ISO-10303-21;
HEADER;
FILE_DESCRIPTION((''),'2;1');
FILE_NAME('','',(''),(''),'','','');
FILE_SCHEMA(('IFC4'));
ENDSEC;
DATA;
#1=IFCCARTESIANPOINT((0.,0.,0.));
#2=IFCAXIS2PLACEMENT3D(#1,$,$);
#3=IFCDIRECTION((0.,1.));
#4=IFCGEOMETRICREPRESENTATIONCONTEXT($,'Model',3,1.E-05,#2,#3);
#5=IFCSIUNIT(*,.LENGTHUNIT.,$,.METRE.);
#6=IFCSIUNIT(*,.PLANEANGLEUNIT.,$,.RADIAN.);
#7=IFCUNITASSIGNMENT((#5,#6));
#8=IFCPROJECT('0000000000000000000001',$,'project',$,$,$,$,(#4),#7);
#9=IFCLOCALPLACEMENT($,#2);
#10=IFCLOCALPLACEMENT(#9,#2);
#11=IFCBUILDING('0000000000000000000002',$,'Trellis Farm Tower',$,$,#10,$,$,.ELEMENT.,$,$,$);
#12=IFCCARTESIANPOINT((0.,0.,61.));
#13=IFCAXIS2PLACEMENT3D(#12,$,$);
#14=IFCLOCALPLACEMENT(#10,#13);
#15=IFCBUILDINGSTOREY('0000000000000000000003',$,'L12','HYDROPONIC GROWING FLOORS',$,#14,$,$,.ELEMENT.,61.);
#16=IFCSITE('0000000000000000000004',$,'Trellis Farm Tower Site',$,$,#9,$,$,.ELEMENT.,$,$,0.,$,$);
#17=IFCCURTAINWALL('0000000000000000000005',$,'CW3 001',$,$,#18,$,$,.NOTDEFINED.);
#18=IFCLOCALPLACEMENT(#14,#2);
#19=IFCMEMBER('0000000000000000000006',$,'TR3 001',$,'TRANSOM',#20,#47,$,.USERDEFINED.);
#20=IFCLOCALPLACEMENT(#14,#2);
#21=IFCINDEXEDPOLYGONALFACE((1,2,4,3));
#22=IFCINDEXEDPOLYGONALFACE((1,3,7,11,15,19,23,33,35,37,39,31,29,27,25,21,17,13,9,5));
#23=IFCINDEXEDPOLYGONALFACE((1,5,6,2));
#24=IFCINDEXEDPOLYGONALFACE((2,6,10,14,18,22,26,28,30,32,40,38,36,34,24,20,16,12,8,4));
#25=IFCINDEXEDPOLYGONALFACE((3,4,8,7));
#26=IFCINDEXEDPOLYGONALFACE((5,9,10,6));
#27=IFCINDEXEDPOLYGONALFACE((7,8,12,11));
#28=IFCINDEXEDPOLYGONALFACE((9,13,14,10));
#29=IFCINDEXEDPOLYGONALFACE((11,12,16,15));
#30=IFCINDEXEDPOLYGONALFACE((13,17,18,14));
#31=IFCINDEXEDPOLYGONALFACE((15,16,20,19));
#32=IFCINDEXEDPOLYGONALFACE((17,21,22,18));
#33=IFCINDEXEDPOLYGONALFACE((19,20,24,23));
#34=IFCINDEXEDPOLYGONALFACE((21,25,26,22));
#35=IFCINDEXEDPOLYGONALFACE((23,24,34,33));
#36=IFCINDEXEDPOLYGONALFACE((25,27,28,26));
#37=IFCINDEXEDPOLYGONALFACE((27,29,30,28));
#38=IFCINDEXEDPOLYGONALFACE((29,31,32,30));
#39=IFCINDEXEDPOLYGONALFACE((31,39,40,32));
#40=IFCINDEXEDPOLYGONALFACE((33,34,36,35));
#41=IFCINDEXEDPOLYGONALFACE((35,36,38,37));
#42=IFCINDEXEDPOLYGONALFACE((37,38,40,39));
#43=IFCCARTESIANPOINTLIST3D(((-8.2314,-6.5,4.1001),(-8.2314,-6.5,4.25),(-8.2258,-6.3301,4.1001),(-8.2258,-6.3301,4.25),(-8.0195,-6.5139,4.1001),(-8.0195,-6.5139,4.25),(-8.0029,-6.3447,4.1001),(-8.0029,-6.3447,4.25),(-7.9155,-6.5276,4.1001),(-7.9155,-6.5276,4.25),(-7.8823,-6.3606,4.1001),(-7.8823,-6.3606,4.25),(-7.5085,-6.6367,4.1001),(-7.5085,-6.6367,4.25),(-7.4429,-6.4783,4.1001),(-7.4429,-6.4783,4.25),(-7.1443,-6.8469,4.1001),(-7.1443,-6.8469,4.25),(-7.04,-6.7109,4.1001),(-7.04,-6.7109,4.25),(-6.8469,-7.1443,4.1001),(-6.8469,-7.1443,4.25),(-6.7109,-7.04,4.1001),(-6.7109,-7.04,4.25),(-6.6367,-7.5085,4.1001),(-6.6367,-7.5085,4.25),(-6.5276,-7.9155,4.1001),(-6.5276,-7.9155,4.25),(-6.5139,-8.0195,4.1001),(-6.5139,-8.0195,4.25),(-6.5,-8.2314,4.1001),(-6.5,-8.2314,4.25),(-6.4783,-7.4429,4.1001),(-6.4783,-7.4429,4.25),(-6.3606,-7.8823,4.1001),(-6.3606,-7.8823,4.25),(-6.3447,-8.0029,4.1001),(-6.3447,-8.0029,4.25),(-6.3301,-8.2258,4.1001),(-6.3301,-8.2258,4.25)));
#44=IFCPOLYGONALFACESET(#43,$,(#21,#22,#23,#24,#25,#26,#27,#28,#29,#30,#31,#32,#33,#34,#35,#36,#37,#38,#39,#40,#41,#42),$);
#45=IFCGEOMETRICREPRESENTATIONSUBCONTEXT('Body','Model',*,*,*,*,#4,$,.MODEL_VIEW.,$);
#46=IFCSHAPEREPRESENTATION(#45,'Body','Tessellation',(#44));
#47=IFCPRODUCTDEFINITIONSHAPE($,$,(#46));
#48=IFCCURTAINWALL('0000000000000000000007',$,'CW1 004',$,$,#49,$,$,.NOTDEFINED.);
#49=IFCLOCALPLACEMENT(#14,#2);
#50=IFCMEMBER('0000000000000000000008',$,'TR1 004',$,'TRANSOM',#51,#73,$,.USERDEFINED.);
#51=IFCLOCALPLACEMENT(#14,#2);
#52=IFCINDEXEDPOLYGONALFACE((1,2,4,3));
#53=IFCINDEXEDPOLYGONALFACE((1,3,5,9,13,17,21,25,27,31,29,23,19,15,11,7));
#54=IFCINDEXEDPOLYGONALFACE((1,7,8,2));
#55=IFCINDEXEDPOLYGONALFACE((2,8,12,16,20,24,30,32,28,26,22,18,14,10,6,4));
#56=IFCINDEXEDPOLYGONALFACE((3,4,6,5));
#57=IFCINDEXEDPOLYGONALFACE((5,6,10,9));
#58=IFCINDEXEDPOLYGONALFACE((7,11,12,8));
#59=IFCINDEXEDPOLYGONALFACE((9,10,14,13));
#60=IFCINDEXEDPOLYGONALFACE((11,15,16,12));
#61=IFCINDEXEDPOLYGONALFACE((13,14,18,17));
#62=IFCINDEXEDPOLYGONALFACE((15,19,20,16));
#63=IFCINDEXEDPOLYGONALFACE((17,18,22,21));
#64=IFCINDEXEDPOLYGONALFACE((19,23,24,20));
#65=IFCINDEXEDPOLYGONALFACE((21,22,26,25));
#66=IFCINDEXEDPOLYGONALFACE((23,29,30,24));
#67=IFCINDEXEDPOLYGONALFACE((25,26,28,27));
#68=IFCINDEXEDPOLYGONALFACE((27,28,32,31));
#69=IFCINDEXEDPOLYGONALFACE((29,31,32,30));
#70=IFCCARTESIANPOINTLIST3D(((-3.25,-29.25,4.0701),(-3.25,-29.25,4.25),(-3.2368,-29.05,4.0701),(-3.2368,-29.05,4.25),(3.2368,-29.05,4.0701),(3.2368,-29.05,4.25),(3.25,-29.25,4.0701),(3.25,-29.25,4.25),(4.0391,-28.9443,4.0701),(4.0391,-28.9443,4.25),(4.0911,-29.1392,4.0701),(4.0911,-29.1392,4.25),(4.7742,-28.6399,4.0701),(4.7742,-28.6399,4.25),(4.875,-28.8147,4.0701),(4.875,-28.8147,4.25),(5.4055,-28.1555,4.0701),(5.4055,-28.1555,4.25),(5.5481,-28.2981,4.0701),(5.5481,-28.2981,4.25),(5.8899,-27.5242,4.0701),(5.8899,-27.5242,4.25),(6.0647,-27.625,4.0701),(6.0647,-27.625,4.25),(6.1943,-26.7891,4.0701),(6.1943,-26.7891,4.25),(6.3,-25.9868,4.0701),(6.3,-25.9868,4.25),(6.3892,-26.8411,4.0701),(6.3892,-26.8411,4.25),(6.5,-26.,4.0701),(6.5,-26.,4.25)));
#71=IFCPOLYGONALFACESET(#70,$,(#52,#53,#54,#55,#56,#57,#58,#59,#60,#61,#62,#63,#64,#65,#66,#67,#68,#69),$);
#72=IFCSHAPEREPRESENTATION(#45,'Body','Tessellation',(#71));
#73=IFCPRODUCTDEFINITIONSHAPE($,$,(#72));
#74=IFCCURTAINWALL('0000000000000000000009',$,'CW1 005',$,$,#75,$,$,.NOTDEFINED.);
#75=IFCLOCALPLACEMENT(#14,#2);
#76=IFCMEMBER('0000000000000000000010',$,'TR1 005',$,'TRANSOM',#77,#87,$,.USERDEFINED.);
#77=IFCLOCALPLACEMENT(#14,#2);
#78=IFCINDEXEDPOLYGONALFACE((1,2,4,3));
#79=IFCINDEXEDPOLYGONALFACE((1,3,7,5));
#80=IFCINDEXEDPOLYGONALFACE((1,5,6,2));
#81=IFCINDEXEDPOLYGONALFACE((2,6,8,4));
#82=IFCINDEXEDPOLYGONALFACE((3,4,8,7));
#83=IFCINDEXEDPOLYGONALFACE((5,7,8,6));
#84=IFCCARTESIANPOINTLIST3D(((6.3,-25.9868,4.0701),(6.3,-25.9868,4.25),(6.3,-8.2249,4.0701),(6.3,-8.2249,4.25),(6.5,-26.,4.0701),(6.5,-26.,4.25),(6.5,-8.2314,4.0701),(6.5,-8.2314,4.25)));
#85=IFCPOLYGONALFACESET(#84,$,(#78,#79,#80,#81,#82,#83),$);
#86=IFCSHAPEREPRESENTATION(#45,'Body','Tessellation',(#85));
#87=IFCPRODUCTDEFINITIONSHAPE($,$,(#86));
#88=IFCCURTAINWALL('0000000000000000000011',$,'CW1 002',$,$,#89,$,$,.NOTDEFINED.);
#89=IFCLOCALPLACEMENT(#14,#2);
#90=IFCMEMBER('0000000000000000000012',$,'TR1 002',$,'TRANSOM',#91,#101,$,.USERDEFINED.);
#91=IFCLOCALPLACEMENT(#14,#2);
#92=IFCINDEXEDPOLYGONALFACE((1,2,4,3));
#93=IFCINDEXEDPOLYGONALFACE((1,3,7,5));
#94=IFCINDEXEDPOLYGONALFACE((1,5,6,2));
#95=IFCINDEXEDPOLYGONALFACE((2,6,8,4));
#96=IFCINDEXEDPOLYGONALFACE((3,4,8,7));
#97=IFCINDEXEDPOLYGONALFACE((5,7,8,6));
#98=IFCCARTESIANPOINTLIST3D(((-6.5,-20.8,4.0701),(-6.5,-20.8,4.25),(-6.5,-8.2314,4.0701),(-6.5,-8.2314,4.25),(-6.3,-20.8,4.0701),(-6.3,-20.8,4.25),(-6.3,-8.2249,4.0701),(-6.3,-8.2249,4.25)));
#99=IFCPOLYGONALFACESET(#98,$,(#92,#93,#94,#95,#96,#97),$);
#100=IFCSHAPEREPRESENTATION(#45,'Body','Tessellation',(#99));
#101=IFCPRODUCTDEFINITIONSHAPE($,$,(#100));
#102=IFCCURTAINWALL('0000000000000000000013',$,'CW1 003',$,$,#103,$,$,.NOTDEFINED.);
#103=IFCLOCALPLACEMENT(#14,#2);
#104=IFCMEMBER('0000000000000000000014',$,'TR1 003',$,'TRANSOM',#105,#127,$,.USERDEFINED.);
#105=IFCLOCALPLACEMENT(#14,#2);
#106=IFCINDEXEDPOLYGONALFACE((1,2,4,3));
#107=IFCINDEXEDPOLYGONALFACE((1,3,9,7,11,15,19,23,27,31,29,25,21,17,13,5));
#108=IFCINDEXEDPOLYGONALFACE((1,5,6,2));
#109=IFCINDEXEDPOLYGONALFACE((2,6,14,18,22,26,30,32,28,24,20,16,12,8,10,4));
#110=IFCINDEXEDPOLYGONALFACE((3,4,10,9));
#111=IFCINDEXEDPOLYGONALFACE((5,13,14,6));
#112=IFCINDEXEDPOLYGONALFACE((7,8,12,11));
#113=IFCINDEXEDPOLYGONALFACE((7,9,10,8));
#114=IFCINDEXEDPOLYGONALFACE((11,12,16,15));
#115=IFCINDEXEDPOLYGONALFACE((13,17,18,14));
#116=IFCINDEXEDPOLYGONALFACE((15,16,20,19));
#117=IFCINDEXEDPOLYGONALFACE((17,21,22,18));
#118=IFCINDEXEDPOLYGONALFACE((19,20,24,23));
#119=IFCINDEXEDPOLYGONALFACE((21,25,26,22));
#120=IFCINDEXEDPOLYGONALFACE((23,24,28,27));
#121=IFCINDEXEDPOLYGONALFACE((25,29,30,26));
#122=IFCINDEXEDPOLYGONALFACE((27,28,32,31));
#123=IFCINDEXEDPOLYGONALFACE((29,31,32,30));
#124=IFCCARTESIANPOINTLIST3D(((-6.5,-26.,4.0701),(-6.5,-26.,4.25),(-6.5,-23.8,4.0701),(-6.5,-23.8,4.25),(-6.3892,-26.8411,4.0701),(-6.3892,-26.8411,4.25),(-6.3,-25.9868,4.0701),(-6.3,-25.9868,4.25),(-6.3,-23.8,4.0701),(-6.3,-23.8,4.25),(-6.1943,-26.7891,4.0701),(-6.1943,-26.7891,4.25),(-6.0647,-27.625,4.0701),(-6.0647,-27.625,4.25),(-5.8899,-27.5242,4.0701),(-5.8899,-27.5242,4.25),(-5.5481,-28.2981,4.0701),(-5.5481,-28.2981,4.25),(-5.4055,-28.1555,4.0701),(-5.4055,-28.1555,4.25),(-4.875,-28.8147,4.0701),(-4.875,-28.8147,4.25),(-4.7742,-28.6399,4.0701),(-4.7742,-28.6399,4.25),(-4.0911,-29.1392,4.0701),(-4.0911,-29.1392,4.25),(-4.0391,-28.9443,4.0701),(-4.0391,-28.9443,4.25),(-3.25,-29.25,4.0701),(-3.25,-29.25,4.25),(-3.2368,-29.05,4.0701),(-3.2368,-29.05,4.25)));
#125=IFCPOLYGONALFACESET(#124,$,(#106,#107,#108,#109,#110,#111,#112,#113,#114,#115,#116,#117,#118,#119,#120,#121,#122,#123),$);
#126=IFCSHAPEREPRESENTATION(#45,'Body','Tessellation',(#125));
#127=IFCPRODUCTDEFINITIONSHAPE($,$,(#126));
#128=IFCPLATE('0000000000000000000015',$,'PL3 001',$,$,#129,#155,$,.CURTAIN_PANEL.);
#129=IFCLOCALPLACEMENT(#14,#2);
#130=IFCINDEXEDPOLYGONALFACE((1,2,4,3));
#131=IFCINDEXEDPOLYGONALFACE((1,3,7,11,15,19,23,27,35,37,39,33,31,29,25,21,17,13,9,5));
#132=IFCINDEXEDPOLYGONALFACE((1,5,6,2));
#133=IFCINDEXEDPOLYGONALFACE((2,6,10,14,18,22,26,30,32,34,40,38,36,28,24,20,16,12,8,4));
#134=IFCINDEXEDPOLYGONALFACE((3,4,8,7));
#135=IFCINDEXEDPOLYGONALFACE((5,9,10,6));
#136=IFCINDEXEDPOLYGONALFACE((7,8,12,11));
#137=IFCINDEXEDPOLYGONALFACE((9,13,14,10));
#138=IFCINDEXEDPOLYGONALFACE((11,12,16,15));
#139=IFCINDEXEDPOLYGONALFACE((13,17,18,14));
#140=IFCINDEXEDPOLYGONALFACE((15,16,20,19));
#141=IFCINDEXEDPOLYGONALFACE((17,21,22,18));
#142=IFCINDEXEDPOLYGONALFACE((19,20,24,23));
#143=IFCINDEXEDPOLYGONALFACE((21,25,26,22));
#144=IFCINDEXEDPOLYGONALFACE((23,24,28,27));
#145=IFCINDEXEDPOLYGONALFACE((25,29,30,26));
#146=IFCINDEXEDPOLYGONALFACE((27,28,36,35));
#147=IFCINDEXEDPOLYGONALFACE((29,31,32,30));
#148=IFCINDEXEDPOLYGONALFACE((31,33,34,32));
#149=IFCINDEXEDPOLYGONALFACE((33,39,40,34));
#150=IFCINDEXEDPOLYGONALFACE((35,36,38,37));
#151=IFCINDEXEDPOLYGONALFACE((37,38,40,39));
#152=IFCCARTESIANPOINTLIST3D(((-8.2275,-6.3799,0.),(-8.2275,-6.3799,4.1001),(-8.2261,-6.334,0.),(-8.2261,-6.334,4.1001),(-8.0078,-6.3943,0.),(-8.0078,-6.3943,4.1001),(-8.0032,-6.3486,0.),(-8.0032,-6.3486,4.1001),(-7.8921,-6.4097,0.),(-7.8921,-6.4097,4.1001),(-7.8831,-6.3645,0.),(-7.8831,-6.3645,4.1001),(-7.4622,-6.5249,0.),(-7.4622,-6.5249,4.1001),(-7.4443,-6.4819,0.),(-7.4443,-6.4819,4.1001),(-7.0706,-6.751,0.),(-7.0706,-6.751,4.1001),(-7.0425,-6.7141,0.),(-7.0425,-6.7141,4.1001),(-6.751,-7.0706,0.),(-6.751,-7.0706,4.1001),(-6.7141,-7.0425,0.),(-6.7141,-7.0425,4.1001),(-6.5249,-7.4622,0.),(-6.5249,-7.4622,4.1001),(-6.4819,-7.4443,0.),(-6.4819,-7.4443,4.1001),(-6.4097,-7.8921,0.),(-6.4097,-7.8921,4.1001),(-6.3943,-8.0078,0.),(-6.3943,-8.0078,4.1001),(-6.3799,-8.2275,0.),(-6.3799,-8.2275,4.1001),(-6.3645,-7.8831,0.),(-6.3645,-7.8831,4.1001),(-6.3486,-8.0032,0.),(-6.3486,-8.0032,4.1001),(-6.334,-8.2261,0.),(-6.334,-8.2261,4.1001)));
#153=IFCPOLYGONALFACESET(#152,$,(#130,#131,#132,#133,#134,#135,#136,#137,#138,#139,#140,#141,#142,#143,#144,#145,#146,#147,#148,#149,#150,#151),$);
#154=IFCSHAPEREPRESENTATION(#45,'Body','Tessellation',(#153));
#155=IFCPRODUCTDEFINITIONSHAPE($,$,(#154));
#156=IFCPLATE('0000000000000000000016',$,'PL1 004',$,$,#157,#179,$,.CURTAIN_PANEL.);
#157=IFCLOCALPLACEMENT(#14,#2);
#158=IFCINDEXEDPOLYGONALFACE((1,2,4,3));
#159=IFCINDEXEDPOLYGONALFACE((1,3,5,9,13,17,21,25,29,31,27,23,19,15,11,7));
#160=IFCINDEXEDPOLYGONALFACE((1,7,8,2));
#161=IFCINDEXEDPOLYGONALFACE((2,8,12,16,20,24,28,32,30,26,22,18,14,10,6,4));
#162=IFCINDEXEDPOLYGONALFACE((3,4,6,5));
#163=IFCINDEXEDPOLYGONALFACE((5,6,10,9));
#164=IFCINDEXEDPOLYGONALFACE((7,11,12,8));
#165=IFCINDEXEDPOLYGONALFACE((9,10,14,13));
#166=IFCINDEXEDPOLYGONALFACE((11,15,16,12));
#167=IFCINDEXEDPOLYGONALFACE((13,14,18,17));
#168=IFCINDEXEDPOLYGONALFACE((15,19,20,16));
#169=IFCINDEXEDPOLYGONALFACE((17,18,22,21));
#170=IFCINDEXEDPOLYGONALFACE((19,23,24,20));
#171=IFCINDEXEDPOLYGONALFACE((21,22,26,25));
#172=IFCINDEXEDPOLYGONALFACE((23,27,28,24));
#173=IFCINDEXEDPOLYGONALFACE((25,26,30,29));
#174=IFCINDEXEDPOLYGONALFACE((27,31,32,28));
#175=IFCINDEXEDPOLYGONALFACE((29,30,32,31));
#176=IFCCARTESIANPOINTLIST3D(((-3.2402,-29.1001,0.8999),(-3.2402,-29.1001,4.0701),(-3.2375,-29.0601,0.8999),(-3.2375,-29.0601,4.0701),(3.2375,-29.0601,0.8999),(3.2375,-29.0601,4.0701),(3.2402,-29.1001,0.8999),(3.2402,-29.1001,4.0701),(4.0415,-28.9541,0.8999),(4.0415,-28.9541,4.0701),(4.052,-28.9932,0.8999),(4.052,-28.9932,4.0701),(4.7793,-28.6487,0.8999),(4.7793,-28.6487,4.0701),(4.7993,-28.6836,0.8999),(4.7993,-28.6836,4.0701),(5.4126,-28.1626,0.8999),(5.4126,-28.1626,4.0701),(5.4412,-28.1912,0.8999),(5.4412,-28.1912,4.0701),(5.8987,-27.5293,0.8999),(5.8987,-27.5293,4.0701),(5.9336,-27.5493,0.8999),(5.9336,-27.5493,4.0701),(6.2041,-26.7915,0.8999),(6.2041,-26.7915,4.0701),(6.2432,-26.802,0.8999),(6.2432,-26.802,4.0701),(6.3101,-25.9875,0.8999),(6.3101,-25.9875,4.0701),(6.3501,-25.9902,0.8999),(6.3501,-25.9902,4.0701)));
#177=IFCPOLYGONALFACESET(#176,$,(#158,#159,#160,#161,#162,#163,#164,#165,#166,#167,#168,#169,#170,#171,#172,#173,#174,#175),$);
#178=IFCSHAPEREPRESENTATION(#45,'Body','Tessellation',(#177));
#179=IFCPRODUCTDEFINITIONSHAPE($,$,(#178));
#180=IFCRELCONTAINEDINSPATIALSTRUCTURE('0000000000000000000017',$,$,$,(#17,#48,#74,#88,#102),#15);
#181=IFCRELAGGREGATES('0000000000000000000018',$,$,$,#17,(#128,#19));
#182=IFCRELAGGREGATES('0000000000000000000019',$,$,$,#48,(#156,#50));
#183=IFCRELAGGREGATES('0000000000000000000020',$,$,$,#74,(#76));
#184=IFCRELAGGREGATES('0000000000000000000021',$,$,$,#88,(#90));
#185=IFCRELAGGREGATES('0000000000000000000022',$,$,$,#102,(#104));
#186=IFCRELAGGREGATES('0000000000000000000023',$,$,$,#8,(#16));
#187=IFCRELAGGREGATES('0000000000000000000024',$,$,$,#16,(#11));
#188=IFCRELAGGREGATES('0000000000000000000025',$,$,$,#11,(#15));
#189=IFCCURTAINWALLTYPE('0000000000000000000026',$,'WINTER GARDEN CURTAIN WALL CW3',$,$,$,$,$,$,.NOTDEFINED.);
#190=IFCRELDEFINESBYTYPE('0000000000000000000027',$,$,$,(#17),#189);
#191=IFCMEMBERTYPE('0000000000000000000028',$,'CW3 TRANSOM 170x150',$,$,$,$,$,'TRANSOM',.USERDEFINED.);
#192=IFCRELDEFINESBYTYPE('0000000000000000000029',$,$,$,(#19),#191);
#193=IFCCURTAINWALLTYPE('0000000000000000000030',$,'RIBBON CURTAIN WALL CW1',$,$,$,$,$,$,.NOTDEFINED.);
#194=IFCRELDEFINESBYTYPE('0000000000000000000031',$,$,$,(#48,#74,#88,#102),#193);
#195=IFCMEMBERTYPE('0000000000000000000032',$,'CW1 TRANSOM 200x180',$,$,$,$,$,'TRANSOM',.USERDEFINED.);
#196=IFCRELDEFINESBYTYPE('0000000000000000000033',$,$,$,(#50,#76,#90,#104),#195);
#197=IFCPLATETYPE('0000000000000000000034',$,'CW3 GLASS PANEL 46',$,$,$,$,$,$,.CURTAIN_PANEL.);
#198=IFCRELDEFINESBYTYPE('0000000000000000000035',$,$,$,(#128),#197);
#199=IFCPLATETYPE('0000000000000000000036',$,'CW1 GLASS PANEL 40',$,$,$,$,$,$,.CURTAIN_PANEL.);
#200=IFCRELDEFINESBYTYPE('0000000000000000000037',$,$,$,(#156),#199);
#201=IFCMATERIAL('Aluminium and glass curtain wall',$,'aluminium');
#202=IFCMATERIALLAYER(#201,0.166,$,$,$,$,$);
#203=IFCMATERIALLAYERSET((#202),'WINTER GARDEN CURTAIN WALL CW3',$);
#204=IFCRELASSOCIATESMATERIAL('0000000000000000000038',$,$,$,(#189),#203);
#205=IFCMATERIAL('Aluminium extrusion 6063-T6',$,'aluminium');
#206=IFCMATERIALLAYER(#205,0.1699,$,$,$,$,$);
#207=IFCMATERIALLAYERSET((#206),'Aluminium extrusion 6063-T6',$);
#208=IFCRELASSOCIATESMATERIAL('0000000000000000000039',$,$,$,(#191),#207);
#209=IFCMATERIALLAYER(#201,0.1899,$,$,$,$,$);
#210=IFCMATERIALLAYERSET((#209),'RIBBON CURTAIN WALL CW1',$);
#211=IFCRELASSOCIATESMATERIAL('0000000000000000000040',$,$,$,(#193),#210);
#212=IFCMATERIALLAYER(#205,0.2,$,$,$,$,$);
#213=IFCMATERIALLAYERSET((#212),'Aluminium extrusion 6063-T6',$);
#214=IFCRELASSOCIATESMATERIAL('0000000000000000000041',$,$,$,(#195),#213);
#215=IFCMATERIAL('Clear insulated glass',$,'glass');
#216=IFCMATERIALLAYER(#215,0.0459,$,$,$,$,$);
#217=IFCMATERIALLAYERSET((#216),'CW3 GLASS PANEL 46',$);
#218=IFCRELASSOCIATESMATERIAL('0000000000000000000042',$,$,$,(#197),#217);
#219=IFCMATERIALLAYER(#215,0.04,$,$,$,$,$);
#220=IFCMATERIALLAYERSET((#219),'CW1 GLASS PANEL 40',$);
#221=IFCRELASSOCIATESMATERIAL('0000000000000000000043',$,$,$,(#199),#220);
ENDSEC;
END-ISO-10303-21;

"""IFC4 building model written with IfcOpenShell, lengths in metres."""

from ifc_helpers import new_model, si_unit, direction, frame, origin, place, context, subcontext, project, spatial, polyline, outline, extrude, source, transform, mapped, material, layer, layer_set, type_object, element, aggregate, save


model = new_model("IFC4")

# Units and contexts
model_context = context("Model", 3, precision=1e-05, world=origin(), true_north=direction((0.0, 1.0)))
body_context = subcontext(model_context, "Body", "Model", "MODEL_VIEW")
ifc_project = project(units=[si_unit("LENGTHUNIT", "METRE"), si_unit("PLANEANGLEUNIT", "RADIAN")], contexts=[model_context])

# Site, building, storey
site_placement = place(None, origin())
site = spatial("IfcSite", under=ifc_project, at=site_placement, Name="Trellis Farm Tower Site", CompositionType="ELEMENT", RefElevation=0.0)
building_placement = place(site_placement, origin())
building = spatial("IfcBuilding", under=site, at=building_placement, Name="Trellis Farm Tower", CompositionType="ELEMENT")
storey_placement = place(building_placement, frame((0.0, 0.0, 61.0)))
storey = spatial("IfcBuildingStorey", under=building, at=storey_placement, Name="L12", Description="HYDROPONIC GROWING FLOORS", CompositionType="ELEMENT", Elevation=61.0)

# Curtain walls, members
ifc_material_1 = material(Name="Aluminium and glass curtain wall", Category="aluminium")
ifc_layer_1 = layer(ifc_material_1, 0.166)
ifc_layer_set_1 = layer_set([ifc_layer_1], Name="WINTER GARDEN CURTAIN WALL CW3")
curtain_wall_type_1 = type_object("IfcCurtainWallType", Name="WINTER GARDEN CURTAIN WALL CW3", PredefinedType="NOTDEFINED", material=ifc_layer_set_1)
placement_1 = place(storey_placement, origin())
curtain_wall_1 = element("IfcCurtainWall", 1, at=placement_1, inside=storey, type_object=curtain_wall_type_1, Name="CW3 001", PredefinedType="NOTDEFINED")
ifc_material_2 = material(Name="Aluminium extrusion 6063-T6", Category="aluminium")
ifc_layer_2 = layer(ifc_material_2, 0.1699)
ifc_layer_set_2 = layer_set([ifc_layer_2], Name="Aluminium extrusion 6063-T6")
member_type_1 = type_object("IfcMemberType", Name="CW3 TRANSOM 170x150", ElementType="TRANSOM", PredefinedType="USERDEFINED", material=ifc_layer_set_2)
shared_shape_1 = source(origin(), body_context, "Body", "SweptSolid", [
    extrude(outline(polyline([(-8.2314, -6.5), (-8.0195, -6.5139), (-7.9155, -6.5276), (-7.5085, -6.6367), (-7.1443, -6.8469), (-6.8469, -7.1443), (-6.6367, -7.5085), (-6.5276, -7.9155), (-6.5139, -8.0195), (-6.5, -8.2314), (-6.3301, -8.2258), (-6.3447, -8.0029), (-6.3606, -7.8823), (-6.4783, -7.4429), (-6.7109, -7.04), (-7.04, -6.7109), (-7.4429, -6.4783), (-7.8823, -6.3606), (-8.0029, -6.3447), (-8.2258, -6.3301), (-8.2314, -6.5)])), origin(), (0.0, 0.0, 1.0), 0.1499),
])
member_1_placement = place(storey_placement, frame((0.0, 0.0, 4.1001)))
member_1 = element("IfcMember", 2, at=member_1_placement, type_object=member_type_1, Name="TR3 001", ObjectType="TRANSOM", PredefinedType="USERDEFINED", context=body_context, shape_type="MappedRepresentation", body=[
    mapped(shared_shape_1, transform((0.0, 0.0, 0.0))),
])
ifc_layer_3 = layer(ifc_material_1, 0.1899)
ifc_layer_set_3 = layer_set([ifc_layer_3], Name="RIBBON CURTAIN WALL CW1")
curtain_wall_type_2 = type_object("IfcCurtainWallType", Name="RIBBON CURTAIN WALL CW1", PredefinedType="NOTDEFINED", material=ifc_layer_set_3)
curtain_wall_2 = element("IfcCurtainWall", 3, at=placement_1, inside=storey, type_object=curtain_wall_type_2, Name="CW1 004", PredefinedType="NOTDEFINED")
ifc_layer_4 = layer(ifc_material_2, 0.2)
ifc_layer_set_4 = layer_set([ifc_layer_4], Name="Aluminium extrusion 6063-T6")
member_type_2 = type_object("IfcMemberType", Name="CW1 TRANSOM 200x180", ElementType="TRANSOM", PredefinedType="USERDEFINED", material=ifc_layer_set_4)
shared_shape_2 = source(origin(), body_context, "Body", "SweptSolid", [
    extrude(outline(polyline([(-3.25, -29.25), (3.25, -29.25), (4.0911, -29.1392), (4.875, -28.8147), (5.5481, -28.2981), (6.0647, -27.625), (6.3892, -26.8411), (6.5, -26.0), (6.3, -25.9868), (6.1943, -26.7891), (5.8899, -27.5242), (5.4055, -28.1555), (4.7742, -28.6399), (4.0391, -28.9443), (3.2368, -29.05), (-3.2368, -29.05), (-3.25, -29.25)])), origin(), (0.0, 0.0, 1.0), 0.1799),
])
placement_2 = place(storey_placement, frame((0.0, 0.0, 4.0701)))
member_2 = element("IfcMember", 4, at=placement_2, type_object=member_type_2, Name="TR1 004", ObjectType="TRANSOM", PredefinedType="USERDEFINED", context=body_context, shape_type="MappedRepresentation", body=[
    mapped(shared_shape_2, transform((0.0, 0.0, 0.0))),
])
curtain_wall_3 = element("IfcCurtainWall", 5, at=placement_1, inside=storey, type_object=curtain_wall_type_2, Name="CW1 005", PredefinedType="NOTDEFINED")
shared_shape_3 = source(origin(), body_context, "Body", "SweptSolid", [
    extrude(outline(polyline([(6.5, -26.0), (6.5, -8.2314), (6.3, -8.2249), (6.3, -25.9868), (6.5, -26.0)])), origin(), (0.0, 0.0, 1.0), 0.1799),
])
member_3 = element("IfcMember", 6, at=placement_2, type_object=member_type_2, Name="TR1 005", ObjectType="TRANSOM", PredefinedType="USERDEFINED", context=body_context, shape_type="MappedRepresentation", body=[
    mapped(shared_shape_3, transform((0.0, 0.0, 0.0))),
])
curtain_wall_4 = element("IfcCurtainWall", 7, at=placement_1, inside=storey, type_object=curtain_wall_type_2, Name="CW1 002", PredefinedType="NOTDEFINED")
shared_shape_4 = source(origin(), body_context, "Body", "SweptSolid", [
    extrude(outline(polyline([(-6.5, -8.2314), (-6.5, -20.8), (-6.3, -20.8), (-6.3, -8.2249), (-6.5, -8.2314)])), origin(), (0.0, 0.0, 1.0), 0.1799),
])
member_4 = element("IfcMember", 8, at=placement_2, type_object=member_type_2, Name="TR1 002", ObjectType="TRANSOM", PredefinedType="USERDEFINED", context=body_context, shape_type="MappedRepresentation", body=[
    mapped(shared_shape_4, transform((0.0, 0.0, 0.0))),
])
curtain_wall_5 = element("IfcCurtainWall", 9, at=placement_1, inside=storey, type_object=curtain_wall_type_2, Name="CW1 003", PredefinedType="NOTDEFINED")
shared_shape_5 = source(origin(), body_context, "Body", "SweptSolid", [
    extrude(outline(polyline([(-6.5, -23.8), (-6.5, -26.0), (-6.3892, -26.8411), (-6.0647, -27.625), (-5.5481, -28.2981), (-4.875, -28.8147), (-4.0911, -29.1392), (-3.25, -29.25), (-3.2368, -29.05), (-4.0391, -28.9443), (-4.7742, -28.6399), (-5.4055, -28.1555), (-5.8899, -27.5242), (-6.1943, -26.7891), (-6.3, -25.9868), (-6.3, -23.8), (-6.5, -23.8)])), origin(), (0.0, 0.0, 1.0), 0.1799),
])
member_5 = element("IfcMember", 10, at=placement_2, type_object=member_type_2, Name="TR1 003", ObjectType="TRANSOM", PredefinedType="USERDEFINED", context=body_context, shape_type="MappedRepresentation", body=[
    mapped(shared_shape_5, transform((0.0, 0.0, 0.0))),
])

# Plates
ifc_material_3 = material(Name="Clear insulated glass", Category="glass")
ifc_layer_5 = layer(ifc_material_3, 0.0459)
ifc_layer_set_5 = layer_set([ifc_layer_5], Name="CW3 GLASS PANEL 46")
plate_type_1 = type_object("IfcPlateType", Name="CW3 GLASS PANEL 46", PredefinedType="CURTAIN_PANEL", material=ifc_layer_set_5)
shared_shape_6 = source(origin(), body_context, "Body", "SweptSolid", [
    extrude(outline(polyline([(-8.2275, -6.3799), (-8.0078, -6.3943), (-7.8921, -6.4097), (-7.4622, -6.5249), (-7.0706, -6.751), (-6.751, -7.0706), (-6.5249, -7.4622), (-6.4097, -7.8921), (-6.3943, -8.0078), (-6.3799, -8.2275), (-6.334, -8.2261), (-6.3486, -8.0032), (-6.3645, -7.8831), (-6.4819, -7.4443), (-6.7141, -7.0425), (-7.0425, -6.7141), (-7.4443, -6.4819), (-7.8831, -6.3645), (-8.0032, -6.3486), (-8.2261, -6.334), (-8.2275, -6.3799)])), origin(), (0.0, 0.0, 1.0), 4.1001),
])
plate_1 = element("IfcPlate", 11, at=placement_1, type_object=plate_type_1, Name="PL3 001", PredefinedType="CURTAIN_PANEL", context=body_context, shape_type="MappedRepresentation", body=[
    mapped(shared_shape_6, transform((0.0, 0.0, 0.0))),
])
aggregate(curtain_wall_1, [plate_1, member_1])
ifc_layer_6 = layer(ifc_material_3, 0.04)
ifc_layer_set_6 = layer_set([ifc_layer_6], Name="CW1 GLASS PANEL 40")
plate_type_2 = type_object("IfcPlateType", Name="CW1 GLASS PANEL 40", PredefinedType="CURTAIN_PANEL", material=ifc_layer_set_6)
shared_shape_7 = source(origin(), body_context, "Body", "SweptSolid", [
    extrude(outline(polyline([(-3.2402, -29.1001), (3.2402, -29.1001), (4.052, -28.9932), (4.7993, -28.6836), (5.4412, -28.1912), (5.9336, -27.5493), (6.2432, -26.802), (6.3501, -25.9902), (6.3101, -25.9875), (6.2041, -26.7915), (5.8987, -27.5293), (5.4126, -28.1626), (4.7793, -28.6487), (4.0415, -28.9541), (3.2375, -29.0601), (-3.2375, -29.0601), (-3.2402, -29.1001)])), origin(), (0.0, 0.0, 1.0), 3.1702),
])
placement_3 = place(storey_placement, frame((0.0, 0.0, 0.8999)))
plate_2 = element("IfcPlate", 12, at=placement_3, type_object=plate_type_2, Name="PL1 004", PredefinedType="CURTAIN_PANEL", context=body_context, shape_type="MappedRepresentation", body=[
    mapped(shared_shape_7, transform((0.0, 0.0, 0.0))),
])
aggregate(curtain_wall_2, [plate_2, member_2])
aggregate(curtain_wall_3, [member_3])

aggregate(curtain_wall_4, [member_4])
aggregate(curtain_wall_5, [member_5])

save(model, "model.ifc")
